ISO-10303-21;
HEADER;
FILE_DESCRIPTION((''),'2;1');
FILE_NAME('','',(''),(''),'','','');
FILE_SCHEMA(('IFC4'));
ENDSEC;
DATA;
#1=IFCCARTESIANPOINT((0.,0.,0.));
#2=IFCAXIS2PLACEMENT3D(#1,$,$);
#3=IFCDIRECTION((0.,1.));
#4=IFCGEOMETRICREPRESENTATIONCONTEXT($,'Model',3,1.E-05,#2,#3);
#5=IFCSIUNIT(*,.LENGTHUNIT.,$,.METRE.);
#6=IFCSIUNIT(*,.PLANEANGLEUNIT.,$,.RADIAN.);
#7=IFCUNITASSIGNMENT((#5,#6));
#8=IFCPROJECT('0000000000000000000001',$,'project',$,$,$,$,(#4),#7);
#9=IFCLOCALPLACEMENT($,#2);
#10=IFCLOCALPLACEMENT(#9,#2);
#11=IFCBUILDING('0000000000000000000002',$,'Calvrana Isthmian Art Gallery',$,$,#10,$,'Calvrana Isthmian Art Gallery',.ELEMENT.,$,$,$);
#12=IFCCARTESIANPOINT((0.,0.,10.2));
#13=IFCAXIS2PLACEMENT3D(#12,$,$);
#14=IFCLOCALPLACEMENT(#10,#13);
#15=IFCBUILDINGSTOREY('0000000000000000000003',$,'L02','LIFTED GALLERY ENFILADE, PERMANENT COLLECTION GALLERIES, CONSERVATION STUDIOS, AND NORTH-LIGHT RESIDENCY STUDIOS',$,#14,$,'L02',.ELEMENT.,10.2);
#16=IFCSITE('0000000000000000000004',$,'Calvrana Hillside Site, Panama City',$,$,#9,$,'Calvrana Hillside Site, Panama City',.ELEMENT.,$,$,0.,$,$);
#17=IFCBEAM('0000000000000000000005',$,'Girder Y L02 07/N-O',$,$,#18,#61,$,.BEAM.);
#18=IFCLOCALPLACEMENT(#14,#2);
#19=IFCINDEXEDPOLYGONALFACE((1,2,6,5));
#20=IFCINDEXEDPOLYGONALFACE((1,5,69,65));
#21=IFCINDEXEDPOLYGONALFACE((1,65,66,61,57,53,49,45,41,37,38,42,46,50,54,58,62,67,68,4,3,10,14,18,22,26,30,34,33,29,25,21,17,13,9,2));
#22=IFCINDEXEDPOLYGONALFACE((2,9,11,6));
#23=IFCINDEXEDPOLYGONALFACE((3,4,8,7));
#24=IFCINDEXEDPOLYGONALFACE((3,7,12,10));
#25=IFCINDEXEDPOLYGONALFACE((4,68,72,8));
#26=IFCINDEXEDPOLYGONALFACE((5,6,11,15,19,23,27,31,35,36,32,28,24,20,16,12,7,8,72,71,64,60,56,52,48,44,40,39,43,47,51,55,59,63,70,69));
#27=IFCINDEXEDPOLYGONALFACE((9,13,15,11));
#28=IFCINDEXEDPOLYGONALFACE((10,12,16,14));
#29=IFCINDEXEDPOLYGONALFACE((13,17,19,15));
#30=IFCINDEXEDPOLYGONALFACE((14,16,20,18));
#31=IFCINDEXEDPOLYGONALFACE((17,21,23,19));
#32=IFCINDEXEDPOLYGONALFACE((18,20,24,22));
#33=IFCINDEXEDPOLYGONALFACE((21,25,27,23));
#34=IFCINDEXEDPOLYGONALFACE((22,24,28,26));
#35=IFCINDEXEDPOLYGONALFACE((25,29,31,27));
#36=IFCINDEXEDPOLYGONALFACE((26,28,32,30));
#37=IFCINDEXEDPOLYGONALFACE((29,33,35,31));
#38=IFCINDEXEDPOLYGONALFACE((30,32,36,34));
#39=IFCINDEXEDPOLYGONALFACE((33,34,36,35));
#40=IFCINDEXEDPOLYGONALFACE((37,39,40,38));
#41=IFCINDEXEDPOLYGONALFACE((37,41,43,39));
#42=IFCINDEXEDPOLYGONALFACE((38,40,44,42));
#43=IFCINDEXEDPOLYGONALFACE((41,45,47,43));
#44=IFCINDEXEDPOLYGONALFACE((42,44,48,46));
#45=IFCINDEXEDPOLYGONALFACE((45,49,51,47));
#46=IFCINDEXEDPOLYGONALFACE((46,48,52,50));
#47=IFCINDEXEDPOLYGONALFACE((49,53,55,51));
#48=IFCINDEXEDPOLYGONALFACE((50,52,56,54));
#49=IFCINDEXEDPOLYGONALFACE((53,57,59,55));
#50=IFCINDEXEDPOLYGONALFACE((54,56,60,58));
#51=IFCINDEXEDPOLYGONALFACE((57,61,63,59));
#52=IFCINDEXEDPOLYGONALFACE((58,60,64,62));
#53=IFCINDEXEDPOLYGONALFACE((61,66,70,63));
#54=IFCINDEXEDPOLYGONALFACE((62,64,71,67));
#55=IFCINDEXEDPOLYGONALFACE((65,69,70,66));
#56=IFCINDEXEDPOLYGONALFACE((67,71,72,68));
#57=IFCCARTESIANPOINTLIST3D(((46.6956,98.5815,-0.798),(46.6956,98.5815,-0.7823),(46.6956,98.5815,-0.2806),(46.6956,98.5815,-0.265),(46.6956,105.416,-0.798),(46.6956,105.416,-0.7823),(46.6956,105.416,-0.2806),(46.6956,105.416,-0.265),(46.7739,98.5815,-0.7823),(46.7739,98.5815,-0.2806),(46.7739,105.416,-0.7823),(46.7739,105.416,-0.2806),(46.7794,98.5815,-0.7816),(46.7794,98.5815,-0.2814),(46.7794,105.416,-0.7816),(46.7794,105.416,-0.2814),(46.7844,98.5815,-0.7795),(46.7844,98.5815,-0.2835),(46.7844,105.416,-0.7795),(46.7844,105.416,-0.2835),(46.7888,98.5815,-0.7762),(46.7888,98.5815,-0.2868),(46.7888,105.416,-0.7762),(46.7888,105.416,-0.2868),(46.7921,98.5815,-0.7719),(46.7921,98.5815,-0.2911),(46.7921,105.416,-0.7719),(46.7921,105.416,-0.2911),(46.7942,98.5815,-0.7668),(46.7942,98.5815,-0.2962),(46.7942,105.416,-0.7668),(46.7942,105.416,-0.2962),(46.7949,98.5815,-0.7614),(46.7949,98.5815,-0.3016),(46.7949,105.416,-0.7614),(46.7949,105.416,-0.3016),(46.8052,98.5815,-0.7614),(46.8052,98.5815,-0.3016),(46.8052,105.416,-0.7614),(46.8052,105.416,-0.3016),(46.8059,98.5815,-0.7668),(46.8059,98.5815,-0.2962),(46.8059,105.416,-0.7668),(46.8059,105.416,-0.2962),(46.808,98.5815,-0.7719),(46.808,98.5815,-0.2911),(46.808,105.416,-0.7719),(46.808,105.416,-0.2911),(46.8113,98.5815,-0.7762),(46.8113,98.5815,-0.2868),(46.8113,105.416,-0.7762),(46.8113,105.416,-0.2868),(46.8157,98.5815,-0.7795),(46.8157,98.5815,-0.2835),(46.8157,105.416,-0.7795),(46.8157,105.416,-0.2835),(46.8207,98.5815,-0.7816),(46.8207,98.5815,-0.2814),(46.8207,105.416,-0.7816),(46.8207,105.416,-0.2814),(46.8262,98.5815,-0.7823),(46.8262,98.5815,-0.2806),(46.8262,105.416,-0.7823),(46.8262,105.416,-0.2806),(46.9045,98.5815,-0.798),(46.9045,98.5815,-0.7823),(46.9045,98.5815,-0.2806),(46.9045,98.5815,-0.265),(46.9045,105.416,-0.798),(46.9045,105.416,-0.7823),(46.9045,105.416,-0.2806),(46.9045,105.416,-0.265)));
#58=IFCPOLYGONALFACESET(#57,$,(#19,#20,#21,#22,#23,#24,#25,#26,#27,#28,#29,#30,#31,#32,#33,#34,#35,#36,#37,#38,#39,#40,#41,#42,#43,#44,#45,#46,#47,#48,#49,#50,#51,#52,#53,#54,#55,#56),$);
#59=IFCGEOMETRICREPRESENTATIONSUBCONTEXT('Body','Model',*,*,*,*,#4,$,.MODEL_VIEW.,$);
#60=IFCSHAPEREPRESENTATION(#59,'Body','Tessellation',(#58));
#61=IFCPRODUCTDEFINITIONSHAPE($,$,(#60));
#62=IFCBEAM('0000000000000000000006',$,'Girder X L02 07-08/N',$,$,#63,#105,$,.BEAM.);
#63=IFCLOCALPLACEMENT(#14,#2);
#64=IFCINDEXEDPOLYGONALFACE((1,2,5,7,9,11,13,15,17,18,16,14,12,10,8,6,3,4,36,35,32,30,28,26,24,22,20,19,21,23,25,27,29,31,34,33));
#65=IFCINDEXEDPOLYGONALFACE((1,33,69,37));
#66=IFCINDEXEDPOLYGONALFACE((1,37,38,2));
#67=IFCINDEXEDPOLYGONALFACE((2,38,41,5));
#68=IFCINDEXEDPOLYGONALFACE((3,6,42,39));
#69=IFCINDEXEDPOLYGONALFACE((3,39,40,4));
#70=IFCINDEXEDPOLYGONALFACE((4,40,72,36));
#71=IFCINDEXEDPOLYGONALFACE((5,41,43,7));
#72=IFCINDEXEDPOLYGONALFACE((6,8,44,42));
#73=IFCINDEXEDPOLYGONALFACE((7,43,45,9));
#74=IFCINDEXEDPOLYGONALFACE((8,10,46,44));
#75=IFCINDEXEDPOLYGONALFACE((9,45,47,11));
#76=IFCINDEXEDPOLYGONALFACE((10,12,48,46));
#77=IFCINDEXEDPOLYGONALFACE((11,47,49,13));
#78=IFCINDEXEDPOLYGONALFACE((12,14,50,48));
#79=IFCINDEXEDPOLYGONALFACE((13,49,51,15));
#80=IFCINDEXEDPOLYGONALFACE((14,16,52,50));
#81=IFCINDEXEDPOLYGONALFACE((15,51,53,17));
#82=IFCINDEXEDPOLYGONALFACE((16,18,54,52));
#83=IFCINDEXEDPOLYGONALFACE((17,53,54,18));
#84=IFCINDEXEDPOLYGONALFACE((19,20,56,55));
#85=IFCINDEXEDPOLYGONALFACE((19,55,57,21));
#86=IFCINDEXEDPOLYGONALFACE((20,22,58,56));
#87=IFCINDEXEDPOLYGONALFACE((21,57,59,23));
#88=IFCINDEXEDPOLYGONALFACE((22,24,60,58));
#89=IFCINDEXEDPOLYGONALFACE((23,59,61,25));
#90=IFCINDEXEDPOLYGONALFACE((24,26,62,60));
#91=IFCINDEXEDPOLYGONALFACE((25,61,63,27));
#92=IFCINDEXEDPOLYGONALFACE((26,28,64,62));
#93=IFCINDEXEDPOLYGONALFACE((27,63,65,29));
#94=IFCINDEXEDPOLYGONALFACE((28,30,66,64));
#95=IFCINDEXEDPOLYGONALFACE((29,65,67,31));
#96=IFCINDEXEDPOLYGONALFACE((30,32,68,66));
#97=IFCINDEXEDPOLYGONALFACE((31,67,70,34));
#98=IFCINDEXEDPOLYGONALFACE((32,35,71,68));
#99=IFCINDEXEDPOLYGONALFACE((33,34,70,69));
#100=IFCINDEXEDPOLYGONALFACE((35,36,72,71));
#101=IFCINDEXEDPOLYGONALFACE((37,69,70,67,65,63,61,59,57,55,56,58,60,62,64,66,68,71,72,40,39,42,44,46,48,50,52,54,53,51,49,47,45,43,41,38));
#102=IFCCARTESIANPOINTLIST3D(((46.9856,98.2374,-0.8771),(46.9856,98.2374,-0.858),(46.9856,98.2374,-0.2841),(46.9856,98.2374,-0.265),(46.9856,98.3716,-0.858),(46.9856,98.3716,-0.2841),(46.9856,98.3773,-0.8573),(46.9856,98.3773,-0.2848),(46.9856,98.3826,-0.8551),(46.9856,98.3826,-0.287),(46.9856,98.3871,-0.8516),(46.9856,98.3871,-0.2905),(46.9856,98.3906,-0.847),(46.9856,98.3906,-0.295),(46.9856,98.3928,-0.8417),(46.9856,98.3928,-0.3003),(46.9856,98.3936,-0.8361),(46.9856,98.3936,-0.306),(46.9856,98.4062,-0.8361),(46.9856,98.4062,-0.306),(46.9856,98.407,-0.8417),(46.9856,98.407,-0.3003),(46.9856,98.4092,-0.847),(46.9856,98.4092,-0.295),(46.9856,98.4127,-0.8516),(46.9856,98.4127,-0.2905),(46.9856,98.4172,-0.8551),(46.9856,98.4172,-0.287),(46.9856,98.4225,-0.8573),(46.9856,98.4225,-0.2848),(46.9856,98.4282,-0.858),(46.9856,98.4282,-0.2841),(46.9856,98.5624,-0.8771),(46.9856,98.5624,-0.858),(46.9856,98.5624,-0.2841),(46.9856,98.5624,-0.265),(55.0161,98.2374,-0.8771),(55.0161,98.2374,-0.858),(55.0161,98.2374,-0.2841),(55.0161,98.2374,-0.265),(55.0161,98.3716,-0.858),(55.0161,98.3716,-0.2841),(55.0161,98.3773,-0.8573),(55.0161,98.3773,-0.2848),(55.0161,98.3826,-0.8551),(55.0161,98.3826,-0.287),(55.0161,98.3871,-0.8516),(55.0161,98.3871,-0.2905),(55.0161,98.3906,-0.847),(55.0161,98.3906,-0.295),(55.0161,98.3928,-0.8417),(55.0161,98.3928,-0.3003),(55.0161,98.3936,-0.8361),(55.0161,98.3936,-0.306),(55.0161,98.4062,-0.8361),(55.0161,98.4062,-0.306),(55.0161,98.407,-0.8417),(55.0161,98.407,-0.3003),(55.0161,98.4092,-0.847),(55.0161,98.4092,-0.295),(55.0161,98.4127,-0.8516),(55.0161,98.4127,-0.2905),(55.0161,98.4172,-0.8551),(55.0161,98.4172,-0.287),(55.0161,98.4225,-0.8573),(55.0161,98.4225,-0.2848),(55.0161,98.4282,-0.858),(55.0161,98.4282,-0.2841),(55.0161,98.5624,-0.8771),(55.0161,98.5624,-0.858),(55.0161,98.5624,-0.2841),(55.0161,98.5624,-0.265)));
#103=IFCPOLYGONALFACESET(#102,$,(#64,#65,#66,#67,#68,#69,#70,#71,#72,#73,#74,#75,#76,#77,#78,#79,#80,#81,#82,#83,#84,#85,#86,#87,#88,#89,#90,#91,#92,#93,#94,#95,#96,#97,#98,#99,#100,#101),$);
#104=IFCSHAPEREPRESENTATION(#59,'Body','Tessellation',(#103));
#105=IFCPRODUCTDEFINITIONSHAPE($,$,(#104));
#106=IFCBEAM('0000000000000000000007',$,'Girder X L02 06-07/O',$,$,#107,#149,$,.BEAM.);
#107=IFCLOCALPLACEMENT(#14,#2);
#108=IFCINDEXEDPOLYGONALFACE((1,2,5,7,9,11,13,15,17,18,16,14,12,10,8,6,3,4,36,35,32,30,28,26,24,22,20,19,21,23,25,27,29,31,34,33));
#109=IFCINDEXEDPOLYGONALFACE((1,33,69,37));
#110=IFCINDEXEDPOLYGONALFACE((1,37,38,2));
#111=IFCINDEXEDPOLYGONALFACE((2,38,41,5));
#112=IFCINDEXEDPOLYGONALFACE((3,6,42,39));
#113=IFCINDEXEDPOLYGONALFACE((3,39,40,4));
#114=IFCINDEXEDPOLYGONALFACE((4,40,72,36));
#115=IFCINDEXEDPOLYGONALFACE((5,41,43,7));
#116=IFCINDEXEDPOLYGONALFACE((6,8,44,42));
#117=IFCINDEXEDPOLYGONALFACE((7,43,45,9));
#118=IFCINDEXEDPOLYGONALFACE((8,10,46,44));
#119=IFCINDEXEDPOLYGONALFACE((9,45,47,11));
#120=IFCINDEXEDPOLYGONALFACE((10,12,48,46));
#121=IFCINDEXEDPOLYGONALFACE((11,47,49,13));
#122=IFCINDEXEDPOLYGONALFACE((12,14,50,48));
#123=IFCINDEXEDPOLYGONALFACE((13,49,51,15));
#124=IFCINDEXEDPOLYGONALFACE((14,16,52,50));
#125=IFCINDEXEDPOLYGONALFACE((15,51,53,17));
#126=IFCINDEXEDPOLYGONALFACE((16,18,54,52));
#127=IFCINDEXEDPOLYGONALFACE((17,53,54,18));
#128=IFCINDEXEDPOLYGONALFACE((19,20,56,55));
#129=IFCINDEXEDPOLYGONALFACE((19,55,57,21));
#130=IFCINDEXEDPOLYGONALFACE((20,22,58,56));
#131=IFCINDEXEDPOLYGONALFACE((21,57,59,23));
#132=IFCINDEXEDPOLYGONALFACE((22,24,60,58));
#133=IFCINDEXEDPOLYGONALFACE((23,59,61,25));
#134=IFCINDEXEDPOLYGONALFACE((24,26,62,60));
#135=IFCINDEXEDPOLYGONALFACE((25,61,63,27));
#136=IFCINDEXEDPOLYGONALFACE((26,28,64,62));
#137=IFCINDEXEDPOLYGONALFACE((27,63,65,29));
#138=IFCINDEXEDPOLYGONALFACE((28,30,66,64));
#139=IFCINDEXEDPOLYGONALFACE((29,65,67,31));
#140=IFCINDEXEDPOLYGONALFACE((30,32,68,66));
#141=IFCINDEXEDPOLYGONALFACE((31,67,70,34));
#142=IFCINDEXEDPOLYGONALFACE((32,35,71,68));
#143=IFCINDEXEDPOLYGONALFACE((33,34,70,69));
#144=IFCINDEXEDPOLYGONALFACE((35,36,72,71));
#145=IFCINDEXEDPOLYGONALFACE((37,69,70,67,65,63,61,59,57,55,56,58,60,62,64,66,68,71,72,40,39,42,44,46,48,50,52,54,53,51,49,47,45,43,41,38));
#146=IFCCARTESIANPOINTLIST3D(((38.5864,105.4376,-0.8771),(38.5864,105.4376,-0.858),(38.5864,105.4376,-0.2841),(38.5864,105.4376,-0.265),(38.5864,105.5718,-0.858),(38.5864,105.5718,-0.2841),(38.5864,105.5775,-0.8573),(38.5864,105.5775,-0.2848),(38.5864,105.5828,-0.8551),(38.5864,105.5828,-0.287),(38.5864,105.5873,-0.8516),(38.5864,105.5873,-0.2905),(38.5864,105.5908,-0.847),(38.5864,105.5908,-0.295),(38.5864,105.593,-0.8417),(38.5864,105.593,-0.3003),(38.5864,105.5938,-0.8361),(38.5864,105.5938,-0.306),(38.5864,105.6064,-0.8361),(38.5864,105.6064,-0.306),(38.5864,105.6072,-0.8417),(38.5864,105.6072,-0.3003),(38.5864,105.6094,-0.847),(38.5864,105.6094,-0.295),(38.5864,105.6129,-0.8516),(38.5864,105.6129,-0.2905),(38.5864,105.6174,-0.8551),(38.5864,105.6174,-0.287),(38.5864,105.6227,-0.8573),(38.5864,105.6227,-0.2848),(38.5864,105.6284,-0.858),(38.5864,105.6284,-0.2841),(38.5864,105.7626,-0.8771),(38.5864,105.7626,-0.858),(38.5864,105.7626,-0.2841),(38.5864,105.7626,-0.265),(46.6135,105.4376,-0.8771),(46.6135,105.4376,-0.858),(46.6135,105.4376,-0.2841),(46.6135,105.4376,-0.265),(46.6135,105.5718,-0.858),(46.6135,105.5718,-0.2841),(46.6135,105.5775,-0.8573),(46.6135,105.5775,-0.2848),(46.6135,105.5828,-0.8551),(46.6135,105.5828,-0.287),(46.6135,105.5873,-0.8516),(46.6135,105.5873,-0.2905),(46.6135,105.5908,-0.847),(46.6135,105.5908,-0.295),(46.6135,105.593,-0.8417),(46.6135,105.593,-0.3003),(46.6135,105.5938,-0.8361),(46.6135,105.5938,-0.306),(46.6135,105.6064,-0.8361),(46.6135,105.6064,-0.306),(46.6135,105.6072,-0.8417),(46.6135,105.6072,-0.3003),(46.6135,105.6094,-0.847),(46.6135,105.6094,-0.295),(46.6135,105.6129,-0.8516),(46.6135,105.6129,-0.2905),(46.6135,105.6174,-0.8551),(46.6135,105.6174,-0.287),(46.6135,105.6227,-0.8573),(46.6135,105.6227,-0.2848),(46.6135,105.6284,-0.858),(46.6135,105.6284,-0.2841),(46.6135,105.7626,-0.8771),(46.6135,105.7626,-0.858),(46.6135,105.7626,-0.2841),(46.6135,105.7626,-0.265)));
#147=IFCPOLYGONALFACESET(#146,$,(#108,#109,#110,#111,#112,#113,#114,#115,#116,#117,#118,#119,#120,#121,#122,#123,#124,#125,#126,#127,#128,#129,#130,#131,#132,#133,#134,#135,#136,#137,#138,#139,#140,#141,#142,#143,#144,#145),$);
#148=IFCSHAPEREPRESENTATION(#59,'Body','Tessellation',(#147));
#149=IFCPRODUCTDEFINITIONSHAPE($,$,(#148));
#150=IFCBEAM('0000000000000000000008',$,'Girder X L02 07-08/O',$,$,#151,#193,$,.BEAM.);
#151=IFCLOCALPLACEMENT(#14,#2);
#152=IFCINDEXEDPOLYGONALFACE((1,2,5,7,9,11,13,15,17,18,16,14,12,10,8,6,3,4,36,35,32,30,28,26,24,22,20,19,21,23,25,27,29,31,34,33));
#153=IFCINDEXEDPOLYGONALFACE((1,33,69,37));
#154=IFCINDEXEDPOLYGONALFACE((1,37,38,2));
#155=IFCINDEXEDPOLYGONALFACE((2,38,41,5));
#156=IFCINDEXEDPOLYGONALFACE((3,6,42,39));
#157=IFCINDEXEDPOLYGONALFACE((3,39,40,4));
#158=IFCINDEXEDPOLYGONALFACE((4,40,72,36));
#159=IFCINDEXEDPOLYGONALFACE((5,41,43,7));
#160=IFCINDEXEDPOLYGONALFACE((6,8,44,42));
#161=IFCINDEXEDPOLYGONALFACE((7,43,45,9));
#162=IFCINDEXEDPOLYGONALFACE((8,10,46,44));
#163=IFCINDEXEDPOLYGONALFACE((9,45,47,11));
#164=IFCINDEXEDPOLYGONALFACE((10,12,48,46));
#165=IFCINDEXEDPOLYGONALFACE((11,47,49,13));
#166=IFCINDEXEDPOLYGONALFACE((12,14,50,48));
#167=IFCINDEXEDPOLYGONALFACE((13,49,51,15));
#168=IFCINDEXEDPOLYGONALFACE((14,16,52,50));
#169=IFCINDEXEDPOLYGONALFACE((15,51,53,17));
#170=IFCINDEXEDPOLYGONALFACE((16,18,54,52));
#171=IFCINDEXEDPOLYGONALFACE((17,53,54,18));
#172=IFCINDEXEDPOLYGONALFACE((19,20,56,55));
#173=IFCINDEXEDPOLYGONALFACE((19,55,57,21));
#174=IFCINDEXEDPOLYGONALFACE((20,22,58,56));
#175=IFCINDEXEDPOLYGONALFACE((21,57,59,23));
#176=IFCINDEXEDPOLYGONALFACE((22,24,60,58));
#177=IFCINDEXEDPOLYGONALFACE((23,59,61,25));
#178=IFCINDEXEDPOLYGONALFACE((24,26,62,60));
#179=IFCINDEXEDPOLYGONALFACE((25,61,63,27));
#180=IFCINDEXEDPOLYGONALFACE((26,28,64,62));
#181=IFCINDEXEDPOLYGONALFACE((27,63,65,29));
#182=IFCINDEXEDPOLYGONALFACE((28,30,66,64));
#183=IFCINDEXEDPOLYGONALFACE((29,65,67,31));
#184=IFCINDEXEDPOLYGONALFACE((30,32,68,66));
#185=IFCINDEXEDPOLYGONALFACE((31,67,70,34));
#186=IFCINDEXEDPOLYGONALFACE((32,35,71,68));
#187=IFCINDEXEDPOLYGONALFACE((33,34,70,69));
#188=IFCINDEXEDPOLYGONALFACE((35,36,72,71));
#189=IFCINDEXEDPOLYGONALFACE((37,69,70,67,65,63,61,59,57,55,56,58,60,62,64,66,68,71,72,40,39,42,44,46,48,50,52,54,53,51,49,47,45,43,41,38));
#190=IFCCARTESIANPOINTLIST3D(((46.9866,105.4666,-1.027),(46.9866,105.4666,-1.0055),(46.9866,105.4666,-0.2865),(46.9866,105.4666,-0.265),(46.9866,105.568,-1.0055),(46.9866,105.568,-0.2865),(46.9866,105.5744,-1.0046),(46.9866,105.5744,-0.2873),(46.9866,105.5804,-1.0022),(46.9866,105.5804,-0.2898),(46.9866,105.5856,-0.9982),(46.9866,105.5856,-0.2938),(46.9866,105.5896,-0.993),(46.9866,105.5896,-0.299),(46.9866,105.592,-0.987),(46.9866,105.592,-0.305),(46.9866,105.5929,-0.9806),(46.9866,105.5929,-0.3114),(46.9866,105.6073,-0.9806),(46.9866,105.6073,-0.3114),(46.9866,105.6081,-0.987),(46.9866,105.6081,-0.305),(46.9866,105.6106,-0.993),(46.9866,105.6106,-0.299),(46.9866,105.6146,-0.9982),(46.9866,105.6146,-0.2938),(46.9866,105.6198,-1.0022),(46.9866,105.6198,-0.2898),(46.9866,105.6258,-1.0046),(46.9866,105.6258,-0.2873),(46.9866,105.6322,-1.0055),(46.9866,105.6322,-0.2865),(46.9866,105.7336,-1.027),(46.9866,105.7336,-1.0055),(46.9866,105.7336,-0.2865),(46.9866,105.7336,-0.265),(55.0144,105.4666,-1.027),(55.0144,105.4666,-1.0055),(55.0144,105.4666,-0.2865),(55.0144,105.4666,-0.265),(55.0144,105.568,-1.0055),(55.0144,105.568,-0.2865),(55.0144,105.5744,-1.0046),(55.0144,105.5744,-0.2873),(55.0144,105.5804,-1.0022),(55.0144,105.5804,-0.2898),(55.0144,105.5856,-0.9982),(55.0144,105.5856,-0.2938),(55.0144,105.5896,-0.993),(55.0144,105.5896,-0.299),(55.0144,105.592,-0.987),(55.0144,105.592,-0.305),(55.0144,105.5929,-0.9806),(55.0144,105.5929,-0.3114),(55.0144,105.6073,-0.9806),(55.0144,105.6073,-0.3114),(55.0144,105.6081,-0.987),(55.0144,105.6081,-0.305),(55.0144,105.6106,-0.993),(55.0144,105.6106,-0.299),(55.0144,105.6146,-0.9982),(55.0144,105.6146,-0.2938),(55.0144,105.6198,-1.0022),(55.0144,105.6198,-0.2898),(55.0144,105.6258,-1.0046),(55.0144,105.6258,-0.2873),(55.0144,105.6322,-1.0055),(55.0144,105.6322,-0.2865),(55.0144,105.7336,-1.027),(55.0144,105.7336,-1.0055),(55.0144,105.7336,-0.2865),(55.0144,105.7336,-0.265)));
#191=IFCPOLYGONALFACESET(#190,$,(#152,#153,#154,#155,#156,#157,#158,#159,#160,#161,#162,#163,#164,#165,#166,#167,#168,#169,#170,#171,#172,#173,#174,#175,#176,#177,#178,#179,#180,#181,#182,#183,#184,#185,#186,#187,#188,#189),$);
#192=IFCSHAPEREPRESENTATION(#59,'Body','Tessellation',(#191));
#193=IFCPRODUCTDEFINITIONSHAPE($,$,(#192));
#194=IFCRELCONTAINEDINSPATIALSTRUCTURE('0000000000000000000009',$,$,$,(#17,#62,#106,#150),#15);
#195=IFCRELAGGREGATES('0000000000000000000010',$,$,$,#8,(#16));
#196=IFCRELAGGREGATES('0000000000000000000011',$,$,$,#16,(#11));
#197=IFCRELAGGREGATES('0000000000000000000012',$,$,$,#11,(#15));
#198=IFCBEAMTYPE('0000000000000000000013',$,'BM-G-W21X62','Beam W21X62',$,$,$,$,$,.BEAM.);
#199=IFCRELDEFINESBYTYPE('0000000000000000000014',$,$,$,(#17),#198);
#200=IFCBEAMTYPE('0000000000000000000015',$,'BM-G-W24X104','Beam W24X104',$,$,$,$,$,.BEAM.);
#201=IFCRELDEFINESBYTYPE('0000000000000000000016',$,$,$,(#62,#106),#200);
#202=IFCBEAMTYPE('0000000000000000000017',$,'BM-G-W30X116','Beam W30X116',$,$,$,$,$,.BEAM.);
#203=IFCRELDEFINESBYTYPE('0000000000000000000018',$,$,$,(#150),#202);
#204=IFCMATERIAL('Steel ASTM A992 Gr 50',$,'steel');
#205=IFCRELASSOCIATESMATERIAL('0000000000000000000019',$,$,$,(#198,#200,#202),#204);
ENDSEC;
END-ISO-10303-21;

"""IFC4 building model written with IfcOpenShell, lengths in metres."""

from ifc_helpers import new_model, si_unit, direction, frame, origin, origin_2d, place, context, subcontext, project, spatial, i_section, extrude, material, material_profile, profile_set, type_object, element, save


model = new_model("IFC4")

# Units and contexts
model_context = context("Model", 3, precision=1e-05, world=origin(), true_north=direction((0.0, 1.0)))
body_context = subcontext(model_context, "Body", "Model", "MODEL_VIEW")
ifc_project = project(units=[si_unit("LENGTHUNIT", "METRE"), si_unit("PLANEANGLEUNIT", "RADIAN")], contexts=[model_context])

# Site, building, storey
site_placement = place(None, origin())
site = spatial("IfcSite", under=ifc_project, at=site_placement, Name="Calvrana Hillside Site, Panama City", LongName="Calvrana Hillside Site, Panama City", CompositionType="ELEMENT", RefElevation=0.0)
building_placement = place(site_placement, origin())
building = spatial("IfcBuilding", under=site, at=building_placement, Name="Calvrana Isthmian Art Gallery", LongName="Calvrana Isthmian Art Gallery", CompositionType="ELEMENT")
storey_placement = place(building_placement, frame((0.0, 0.0, 10.2)))
storey = spatial("IfcBuildingStorey", under=building, at=storey_placement, Name="L02", Description="LIFTED GALLERY ENFILADE, PERMANENT COLLECTION GALLERIES, CONSERVATION STUDIOS, AND NORTH-LIGHT RESIDENCY STUDIOS", LongName="L02", CompositionType="ELEMENT", Elevation=10.2)

# Beams
ifc_material_1 = material(Name="Steel ASTM A992 Gr 50", Category="steel")
ifc_material_profile_1 = material_profile(ifc_material_1, i_section(OverallWidth=0.209, OverallDepth=0.533, WebThickness=0.0103, FlangeThickness=0.0156, FilletRadius=0.021, at=origin_2d()), Name="W21X62")
ifc_profile_set_1 = profile_set([ifc_material_profile_1], Name="Steel ASTM A992 Gr 50")
beam_type_1 = type_object("IfcBeamType", Name="BM-G-W21X62", Description="Beam W21X62", PredefinedType="BEAM", material=ifc_profile_set_1)
beam_1_placement = place(storey_placement, frame((46.8, 98.5815, -0.5315), z_axis=(0.0, 1.0, 0.0), x_axis=(-1.0, 0.0, 0.0)))
element("IfcBeam", 1, at=beam_1_placement, inside=storey, type_object=beam_type_1, Name="Girder Y L02 07/N-O", PredefinedType="BEAM", context=body_context, shape_type="SweptSolid", body=[
    extrude(i_section(OverallWidth=0.209, OverallDepth=0.533, WebThickness=0.0103, FlangeThickness=0.0156, FilletRadius=0.021, at=origin_2d()), origin(), (0.0, 0.0, 1.0), 6.8345),
])
ifc_material_profile_2 = material_profile(ifc_material_1, i_section(OverallWidth=0.325, OverallDepth=0.6121, WebThickness=0.0127, FlangeThickness=0.019, FilletRadius=0.022, at=origin_2d()), Name="W24X104")
ifc_profile_set_2 = profile_set([ifc_material_profile_2], Name="Steel ASTM A992 Gr 50")
beam_type_2 = type_object("IfcBeamType", Name="BM-G-W24X104", Description="Beam W24X104", PredefinedType="BEAM", material=ifc_profile_set_2)
beam_2_placement = place(storey_placement, frame((46.9856, 98.3999, -0.571), z_axis=(1.0, 0.0, 0.0), x_axis=(0.0, 1.0, 0.0)))
element("IfcBeam", 2, at=beam_2_placement, inside=storey, type_object=beam_type_2, Name="Girder X L02 07-08/N", PredefinedType="BEAM", context=body_context, shape_type="SweptSolid", body=[
    extrude(i_section(OverallWidth=0.325, OverallDepth=0.6121, WebThickness=0.0127, FlangeThickness=0.019, FilletRadius=0.022, at=origin_2d()), origin(), (0.0, 0.0, 1.0), 8.0305),
])
beam_3_placement = place(storey_placement, frame((38.5864, 105.6001, -0.571), z_axis=(1.0, 0.0, 0.0), x_axis=(0.0, 1.0, 0.0)))
element("IfcBeam", 3, at=beam_3_placement, inside=storey, type_object=beam_type_2, Name="Girder X L02 06-07/O", PredefinedType="BEAM", context=body_context, shape_type="SweptSolid", body=[
    extrude(i_section(OverallWidth=0.325, OverallDepth=0.6121, WebThickness=0.0127, FlangeThickness=0.019, FilletRadius=0.022, at=origin_2d()), origin(), (0.0, 0.0, 1.0), 8.0271),
])
ifc_material_profile_3 = material_profile(ifc_material_1, i_section(OverallWidth=0.2671, OverallDepth=0.762, WebThickness=0.0144, FlangeThickness=0.0215, FilletRadius=0.0249, at=origin_2d()), Name="W30X116")
ifc_profile_set_3 = profile_set([ifc_material_profile_3], Name="Steel ASTM A992 Gr 50")
beam_type_3 = type_object("IfcBeamType", Name="BM-G-W30X116", Description="Beam W30X116", PredefinedType="BEAM", material=ifc_profile_set_3)
beam_4_placement = place(storey_placement, frame((46.9866, 105.6001, -0.646), z_axis=(1.0, 0.0, 0.0), x_axis=(0.0, 1.0, 0.0)))
element("IfcBeam", 4, at=beam_4_placement, inside=storey, type_object=beam_type_3, Name="Girder X L02 07-08/O", PredefinedType="BEAM", context=body_context, shape_type="SweptSolid", body=[
    extrude(i_section(OverallWidth=0.2671, OverallDepth=0.762, WebThickness=0.0144, FlangeThickness=0.0215, FilletRadius=0.0249, at=origin_2d()), origin(), (0.0, 0.0, 1.0), 8.0278),
])

save(model, "model.ifc")
